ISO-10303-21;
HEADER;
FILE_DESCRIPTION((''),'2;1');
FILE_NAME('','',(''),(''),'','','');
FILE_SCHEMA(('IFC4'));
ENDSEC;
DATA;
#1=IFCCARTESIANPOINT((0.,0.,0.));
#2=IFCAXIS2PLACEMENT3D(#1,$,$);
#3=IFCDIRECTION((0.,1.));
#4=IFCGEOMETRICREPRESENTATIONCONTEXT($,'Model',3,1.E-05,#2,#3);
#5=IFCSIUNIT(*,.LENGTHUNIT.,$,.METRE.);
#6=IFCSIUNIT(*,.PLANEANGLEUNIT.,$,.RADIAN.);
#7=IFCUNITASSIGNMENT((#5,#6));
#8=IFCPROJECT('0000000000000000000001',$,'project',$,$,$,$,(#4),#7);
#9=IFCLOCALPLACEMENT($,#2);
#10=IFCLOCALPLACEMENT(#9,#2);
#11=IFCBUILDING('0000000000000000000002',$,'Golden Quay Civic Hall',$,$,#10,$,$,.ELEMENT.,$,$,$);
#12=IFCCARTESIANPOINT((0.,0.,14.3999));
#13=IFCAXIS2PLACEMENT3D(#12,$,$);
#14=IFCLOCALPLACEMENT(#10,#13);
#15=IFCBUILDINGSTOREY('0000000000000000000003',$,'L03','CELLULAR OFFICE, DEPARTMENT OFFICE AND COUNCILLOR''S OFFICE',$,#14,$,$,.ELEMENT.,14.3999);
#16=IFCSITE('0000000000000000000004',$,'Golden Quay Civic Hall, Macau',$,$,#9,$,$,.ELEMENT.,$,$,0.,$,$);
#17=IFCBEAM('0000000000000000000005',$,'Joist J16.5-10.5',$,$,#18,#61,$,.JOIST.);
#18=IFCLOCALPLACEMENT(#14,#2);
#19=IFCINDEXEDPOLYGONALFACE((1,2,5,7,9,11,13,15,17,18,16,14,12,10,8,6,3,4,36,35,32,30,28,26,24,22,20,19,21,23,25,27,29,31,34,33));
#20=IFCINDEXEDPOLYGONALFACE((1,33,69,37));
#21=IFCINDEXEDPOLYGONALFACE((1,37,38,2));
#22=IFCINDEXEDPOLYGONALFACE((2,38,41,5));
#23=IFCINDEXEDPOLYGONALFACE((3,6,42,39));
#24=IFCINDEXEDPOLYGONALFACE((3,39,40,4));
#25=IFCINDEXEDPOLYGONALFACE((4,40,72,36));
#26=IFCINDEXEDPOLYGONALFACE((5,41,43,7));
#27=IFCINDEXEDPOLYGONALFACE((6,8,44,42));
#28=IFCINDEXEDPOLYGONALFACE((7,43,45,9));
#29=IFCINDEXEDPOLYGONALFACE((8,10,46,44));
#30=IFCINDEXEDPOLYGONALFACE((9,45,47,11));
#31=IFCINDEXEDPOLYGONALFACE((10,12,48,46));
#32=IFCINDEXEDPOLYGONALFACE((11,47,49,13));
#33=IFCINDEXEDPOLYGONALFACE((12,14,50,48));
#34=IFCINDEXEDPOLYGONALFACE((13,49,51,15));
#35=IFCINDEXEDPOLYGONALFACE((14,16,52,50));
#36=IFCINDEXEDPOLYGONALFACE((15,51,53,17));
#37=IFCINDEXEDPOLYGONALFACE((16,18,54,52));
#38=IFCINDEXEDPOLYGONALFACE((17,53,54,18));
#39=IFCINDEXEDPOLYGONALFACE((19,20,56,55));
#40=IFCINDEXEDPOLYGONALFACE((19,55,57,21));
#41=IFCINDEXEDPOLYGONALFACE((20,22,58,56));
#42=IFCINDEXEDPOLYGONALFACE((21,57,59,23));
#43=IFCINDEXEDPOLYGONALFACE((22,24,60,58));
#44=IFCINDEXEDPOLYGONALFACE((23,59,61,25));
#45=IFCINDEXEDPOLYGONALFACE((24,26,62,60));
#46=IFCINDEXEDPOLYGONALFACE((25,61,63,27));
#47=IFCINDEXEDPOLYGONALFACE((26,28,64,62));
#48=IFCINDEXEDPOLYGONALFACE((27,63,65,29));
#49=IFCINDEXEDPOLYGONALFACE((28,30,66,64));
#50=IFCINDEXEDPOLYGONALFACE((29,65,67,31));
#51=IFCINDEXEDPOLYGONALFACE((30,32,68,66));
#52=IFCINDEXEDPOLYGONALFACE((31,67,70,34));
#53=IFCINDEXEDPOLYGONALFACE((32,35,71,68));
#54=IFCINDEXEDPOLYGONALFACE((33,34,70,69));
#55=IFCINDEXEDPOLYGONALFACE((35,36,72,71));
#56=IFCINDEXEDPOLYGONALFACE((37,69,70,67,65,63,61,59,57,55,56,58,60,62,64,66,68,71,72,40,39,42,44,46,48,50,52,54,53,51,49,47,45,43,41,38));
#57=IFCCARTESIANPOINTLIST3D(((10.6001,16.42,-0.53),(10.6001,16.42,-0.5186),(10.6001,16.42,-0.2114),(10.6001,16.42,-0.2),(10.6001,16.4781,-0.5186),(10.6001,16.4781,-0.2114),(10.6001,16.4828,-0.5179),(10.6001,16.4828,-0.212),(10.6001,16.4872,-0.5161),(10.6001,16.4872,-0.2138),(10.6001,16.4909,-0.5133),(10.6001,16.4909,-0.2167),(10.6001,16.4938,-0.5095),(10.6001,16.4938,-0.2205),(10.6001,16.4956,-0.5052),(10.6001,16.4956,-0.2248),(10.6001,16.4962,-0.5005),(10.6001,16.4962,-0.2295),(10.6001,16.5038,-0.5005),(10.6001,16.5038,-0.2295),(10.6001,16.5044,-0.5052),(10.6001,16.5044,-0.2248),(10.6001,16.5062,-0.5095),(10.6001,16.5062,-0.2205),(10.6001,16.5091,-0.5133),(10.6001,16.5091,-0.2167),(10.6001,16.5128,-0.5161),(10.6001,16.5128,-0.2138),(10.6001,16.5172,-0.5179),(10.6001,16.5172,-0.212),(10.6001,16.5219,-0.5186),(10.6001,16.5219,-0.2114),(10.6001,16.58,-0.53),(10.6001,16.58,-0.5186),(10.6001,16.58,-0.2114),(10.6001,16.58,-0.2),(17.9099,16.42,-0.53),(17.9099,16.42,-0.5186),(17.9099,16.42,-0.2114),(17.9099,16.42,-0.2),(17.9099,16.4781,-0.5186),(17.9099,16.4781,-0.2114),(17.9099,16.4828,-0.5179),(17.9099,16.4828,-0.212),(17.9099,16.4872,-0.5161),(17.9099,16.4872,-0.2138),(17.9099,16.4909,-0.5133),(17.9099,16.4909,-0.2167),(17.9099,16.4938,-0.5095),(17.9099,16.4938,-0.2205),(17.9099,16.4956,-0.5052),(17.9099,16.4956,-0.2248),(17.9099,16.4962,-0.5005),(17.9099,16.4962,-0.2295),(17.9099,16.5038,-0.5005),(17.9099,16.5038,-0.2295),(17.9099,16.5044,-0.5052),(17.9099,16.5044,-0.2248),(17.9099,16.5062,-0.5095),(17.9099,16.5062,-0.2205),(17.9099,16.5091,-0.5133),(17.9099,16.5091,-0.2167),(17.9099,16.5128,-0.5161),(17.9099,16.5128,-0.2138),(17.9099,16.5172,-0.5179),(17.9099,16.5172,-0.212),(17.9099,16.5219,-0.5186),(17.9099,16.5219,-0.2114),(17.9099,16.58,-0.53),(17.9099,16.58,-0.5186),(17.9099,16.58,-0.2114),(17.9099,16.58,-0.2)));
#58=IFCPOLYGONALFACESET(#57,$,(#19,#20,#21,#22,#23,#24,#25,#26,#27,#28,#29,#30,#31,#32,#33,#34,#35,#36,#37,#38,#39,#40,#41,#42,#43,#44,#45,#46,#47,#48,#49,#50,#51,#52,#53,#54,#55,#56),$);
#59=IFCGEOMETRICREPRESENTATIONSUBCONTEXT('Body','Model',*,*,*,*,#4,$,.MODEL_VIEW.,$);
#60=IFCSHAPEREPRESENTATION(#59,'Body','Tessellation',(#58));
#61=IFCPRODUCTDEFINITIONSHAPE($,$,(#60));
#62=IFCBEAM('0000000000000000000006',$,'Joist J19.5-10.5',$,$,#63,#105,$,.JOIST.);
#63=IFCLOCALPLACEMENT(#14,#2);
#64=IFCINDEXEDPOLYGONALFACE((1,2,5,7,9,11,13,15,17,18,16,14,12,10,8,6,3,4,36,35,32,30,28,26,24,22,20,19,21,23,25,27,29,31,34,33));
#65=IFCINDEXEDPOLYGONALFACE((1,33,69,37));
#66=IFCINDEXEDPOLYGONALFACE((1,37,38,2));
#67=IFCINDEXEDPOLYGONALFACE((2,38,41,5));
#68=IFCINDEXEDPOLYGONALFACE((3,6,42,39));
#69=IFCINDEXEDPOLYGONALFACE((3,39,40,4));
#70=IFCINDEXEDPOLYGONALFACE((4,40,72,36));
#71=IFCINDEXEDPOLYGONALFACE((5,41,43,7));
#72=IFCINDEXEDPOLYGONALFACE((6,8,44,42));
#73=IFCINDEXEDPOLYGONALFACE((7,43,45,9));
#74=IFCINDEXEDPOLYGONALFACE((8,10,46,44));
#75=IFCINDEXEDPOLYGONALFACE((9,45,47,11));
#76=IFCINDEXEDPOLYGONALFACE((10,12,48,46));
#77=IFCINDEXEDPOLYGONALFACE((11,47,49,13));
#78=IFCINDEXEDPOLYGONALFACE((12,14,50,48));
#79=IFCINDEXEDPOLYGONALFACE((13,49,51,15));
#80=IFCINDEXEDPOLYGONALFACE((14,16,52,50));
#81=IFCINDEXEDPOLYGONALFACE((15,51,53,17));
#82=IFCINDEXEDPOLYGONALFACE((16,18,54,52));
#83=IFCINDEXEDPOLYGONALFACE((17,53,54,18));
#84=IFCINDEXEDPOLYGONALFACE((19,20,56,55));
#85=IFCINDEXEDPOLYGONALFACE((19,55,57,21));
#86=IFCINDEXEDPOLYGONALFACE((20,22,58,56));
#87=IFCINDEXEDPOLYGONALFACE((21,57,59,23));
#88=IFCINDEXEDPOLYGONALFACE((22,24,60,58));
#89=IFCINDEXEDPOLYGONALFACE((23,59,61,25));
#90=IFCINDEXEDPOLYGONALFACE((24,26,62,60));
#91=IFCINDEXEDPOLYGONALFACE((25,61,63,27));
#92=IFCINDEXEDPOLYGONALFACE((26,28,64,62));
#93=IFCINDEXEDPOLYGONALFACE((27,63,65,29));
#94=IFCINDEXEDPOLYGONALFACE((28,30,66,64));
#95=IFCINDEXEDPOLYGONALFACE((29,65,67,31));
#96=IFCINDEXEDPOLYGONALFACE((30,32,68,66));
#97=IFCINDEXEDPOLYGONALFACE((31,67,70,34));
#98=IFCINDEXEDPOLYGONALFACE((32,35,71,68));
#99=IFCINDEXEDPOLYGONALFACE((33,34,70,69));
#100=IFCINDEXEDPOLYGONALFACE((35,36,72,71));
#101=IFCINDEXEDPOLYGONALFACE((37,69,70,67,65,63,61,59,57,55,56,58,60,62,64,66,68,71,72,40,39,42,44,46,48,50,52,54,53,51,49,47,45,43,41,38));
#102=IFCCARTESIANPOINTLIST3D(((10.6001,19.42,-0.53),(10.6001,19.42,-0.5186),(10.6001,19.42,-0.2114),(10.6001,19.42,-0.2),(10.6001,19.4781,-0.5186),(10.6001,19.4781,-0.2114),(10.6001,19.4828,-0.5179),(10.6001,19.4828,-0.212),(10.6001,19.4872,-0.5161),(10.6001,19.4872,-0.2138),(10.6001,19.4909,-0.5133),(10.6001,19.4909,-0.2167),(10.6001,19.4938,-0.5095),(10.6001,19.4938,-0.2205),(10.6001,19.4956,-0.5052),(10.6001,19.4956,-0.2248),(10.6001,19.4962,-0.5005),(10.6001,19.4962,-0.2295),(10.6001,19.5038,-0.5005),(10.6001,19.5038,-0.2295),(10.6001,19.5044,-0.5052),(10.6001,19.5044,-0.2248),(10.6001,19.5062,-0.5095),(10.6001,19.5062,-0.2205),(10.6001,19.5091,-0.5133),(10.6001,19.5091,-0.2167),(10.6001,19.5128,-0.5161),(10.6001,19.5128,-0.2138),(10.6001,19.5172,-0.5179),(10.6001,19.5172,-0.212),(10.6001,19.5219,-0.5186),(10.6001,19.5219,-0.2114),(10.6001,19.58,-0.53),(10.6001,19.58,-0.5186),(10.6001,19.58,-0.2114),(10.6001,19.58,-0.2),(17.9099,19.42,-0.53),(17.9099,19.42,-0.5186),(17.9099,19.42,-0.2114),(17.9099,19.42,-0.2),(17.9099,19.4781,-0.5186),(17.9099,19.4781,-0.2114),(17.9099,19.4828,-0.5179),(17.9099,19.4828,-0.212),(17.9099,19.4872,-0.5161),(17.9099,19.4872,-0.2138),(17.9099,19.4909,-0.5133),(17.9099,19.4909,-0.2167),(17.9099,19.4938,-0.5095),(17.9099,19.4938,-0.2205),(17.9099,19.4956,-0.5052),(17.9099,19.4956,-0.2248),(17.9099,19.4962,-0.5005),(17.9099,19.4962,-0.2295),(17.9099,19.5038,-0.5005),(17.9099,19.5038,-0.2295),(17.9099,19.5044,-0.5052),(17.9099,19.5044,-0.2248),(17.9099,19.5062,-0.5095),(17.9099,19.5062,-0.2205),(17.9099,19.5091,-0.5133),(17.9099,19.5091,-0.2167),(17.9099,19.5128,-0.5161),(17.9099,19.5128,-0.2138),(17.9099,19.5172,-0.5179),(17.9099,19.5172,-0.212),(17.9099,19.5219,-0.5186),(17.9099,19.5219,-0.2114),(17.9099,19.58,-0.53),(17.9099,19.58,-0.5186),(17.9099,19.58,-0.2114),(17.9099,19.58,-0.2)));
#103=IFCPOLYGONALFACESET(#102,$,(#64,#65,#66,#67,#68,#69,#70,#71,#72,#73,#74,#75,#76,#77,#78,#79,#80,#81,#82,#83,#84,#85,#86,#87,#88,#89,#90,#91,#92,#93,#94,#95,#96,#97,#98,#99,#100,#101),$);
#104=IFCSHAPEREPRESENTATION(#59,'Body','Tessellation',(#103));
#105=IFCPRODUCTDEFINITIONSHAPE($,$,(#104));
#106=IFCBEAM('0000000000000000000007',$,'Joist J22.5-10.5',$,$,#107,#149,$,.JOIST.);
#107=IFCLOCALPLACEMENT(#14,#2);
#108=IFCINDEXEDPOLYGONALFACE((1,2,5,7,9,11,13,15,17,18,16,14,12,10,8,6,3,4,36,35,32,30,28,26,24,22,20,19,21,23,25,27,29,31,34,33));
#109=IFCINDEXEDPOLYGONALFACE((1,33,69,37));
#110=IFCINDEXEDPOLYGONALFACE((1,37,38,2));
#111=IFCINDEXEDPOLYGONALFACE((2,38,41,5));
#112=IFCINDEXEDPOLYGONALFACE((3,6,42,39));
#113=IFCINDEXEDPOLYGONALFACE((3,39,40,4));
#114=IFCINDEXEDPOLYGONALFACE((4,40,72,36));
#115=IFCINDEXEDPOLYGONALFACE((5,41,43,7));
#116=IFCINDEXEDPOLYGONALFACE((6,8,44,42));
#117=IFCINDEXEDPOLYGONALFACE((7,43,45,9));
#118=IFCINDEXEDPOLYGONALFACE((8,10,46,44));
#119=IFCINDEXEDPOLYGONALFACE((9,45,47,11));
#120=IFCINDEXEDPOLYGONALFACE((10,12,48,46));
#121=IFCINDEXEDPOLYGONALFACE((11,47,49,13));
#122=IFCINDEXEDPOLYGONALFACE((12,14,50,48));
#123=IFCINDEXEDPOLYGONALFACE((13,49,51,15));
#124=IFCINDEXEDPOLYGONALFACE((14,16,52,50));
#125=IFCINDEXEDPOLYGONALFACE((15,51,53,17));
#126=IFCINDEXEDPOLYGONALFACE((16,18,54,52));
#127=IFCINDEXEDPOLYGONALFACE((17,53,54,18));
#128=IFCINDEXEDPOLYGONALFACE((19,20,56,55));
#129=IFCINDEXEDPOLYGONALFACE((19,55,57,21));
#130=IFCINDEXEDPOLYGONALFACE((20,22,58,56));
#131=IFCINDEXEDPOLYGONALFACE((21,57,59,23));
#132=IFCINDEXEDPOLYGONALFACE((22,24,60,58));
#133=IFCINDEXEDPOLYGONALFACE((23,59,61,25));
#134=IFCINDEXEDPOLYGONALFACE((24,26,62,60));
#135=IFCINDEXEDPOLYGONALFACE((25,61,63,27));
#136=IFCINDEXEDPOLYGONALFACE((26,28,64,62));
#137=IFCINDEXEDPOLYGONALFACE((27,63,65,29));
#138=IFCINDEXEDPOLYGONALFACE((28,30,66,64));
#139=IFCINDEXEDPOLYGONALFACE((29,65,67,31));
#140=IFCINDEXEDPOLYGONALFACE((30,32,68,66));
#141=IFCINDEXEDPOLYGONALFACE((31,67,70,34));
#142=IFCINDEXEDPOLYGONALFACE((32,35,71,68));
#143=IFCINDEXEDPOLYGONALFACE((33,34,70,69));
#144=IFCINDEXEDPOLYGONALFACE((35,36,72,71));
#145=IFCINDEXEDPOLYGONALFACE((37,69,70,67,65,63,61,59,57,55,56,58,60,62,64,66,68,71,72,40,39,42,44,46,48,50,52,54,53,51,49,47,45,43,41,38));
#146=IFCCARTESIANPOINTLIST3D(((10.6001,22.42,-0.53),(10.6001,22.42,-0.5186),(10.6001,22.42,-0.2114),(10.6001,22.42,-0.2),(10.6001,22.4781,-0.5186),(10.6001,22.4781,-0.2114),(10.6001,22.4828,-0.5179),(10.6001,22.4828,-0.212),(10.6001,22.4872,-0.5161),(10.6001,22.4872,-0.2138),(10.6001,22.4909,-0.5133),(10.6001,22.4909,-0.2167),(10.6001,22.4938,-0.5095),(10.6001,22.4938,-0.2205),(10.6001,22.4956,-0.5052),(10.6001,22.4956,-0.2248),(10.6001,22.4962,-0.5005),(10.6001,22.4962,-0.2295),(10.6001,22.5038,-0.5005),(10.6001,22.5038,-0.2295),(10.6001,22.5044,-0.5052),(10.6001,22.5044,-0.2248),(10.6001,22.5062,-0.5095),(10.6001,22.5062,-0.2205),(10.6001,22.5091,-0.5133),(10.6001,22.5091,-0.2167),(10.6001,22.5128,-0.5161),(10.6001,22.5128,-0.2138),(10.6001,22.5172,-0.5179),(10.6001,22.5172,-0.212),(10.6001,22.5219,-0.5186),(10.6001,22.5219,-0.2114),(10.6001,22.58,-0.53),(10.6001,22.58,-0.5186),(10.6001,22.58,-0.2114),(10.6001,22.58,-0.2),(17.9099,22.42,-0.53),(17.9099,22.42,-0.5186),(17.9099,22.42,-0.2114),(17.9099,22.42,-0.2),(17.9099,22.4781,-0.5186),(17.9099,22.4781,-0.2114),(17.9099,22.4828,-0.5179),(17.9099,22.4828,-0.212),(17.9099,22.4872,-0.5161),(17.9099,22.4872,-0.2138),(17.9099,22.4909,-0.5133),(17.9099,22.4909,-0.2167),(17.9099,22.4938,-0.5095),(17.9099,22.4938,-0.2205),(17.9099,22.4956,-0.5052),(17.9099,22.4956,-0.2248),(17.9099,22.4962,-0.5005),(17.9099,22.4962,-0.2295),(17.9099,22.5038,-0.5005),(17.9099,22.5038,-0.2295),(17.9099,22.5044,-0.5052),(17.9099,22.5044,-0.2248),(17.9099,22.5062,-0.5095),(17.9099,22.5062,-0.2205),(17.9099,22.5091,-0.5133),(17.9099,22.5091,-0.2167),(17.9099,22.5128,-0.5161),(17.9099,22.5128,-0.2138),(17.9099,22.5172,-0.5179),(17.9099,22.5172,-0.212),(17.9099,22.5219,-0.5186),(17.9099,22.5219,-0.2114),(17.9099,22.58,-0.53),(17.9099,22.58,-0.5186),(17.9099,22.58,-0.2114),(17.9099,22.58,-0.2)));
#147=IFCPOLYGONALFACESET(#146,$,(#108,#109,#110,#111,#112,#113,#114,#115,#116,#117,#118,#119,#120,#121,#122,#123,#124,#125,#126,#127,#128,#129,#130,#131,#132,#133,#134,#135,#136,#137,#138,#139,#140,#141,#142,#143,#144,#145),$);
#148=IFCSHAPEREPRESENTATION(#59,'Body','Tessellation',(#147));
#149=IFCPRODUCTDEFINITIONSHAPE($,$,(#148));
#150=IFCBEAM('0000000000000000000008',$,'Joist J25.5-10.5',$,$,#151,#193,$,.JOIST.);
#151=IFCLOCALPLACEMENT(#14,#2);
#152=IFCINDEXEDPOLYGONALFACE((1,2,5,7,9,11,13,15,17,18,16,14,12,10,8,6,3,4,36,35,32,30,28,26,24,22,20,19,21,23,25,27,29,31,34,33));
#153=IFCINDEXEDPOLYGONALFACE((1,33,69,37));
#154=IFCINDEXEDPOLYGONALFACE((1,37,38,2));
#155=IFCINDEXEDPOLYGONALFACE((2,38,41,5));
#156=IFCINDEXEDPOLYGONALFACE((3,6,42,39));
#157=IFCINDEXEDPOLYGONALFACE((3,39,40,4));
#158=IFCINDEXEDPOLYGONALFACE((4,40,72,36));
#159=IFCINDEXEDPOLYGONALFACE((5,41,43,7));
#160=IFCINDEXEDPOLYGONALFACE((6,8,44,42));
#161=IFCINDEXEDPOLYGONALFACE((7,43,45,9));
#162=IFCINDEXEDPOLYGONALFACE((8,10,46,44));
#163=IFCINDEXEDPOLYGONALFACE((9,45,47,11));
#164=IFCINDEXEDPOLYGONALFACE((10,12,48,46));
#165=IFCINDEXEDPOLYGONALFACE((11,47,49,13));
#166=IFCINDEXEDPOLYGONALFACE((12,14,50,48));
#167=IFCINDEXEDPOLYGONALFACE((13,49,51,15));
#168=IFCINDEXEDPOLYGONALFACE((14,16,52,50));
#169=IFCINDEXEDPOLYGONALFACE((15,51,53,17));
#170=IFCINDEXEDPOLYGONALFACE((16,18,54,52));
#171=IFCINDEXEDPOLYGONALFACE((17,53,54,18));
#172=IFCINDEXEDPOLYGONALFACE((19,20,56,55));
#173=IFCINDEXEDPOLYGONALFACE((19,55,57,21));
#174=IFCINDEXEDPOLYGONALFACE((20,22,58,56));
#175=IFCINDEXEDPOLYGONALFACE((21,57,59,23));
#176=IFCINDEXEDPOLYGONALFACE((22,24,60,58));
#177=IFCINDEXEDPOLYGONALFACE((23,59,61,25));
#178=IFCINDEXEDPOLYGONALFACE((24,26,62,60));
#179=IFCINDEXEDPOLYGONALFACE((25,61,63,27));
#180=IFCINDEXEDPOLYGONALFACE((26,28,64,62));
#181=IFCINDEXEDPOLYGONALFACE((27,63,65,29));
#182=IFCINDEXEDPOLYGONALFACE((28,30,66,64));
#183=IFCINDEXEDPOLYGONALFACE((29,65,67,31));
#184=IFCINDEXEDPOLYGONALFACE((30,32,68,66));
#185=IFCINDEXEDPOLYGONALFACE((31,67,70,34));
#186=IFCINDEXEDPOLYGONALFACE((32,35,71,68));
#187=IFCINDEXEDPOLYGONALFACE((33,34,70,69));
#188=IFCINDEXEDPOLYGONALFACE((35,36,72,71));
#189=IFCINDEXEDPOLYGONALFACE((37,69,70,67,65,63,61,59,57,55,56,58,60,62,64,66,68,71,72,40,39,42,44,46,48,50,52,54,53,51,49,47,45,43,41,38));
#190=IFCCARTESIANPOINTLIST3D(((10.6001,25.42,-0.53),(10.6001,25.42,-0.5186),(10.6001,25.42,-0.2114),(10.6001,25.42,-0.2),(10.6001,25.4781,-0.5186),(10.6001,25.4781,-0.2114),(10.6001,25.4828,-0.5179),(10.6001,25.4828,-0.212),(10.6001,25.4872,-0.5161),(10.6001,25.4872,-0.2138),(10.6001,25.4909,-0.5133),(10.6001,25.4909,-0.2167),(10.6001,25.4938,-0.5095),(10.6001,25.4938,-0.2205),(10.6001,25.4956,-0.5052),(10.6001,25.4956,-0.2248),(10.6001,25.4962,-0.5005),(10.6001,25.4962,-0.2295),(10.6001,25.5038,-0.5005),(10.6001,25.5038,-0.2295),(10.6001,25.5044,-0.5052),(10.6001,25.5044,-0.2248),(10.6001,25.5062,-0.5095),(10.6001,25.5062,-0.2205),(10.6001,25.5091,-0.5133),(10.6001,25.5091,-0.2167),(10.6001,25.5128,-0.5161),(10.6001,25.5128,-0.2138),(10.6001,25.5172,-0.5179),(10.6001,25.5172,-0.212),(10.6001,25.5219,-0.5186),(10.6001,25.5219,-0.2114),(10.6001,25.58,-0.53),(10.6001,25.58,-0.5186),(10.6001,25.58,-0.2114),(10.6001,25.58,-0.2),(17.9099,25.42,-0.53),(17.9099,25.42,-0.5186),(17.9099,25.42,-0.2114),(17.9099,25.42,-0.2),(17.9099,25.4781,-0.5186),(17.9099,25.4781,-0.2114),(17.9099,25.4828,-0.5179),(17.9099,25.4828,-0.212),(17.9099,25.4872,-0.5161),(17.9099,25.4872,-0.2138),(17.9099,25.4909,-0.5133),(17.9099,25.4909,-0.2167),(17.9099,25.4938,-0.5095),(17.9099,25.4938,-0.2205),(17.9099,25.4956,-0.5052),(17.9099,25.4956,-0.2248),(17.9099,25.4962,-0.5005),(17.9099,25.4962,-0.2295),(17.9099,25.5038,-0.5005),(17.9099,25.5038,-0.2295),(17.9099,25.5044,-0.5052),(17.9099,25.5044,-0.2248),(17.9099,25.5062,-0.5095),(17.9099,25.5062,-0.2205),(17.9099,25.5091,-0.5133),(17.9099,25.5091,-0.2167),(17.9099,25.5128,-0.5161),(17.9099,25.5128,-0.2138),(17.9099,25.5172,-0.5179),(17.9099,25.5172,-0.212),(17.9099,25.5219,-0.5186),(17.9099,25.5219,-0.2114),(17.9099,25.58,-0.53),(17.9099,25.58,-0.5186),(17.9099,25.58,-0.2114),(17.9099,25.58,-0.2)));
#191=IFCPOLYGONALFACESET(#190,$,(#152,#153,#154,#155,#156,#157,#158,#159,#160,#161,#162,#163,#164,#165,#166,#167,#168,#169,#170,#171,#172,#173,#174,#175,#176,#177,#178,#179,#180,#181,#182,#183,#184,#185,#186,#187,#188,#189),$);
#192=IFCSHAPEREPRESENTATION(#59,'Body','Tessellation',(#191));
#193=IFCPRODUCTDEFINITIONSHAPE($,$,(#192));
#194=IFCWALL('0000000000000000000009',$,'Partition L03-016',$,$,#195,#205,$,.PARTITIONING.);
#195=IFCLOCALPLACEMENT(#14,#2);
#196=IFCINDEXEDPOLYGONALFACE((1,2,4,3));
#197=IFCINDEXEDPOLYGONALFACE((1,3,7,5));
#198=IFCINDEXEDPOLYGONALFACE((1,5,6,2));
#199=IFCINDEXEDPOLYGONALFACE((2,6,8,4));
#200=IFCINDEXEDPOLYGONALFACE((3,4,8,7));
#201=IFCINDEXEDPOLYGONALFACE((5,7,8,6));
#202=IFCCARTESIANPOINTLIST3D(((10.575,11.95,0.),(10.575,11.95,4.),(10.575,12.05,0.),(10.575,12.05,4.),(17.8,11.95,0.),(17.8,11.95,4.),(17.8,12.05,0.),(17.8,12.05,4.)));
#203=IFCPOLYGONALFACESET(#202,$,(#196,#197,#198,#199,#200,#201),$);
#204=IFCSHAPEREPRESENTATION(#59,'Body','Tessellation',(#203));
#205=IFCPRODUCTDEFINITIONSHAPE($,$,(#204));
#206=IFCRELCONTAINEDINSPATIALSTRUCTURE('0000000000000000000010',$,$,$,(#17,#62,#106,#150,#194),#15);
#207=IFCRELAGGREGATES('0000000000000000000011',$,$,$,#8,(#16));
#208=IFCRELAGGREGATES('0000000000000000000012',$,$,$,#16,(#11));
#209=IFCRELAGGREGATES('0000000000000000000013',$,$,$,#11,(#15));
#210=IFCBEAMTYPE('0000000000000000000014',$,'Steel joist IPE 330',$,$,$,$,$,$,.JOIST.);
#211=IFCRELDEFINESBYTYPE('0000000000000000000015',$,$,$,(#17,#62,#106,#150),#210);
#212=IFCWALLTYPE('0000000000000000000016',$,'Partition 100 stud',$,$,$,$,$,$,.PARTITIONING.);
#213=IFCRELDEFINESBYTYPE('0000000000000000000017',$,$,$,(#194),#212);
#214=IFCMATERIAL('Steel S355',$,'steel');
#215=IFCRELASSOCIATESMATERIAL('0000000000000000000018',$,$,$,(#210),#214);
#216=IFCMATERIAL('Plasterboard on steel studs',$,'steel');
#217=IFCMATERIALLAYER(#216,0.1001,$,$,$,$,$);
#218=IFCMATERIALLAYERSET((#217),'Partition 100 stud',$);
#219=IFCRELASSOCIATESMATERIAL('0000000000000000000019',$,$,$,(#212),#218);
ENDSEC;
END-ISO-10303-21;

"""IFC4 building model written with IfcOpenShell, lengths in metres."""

from ifc_helpers import new_model, si_unit, direction, frame, frame_2d, origin, origin_2d, place, context, subcontext, project, spatial, rectangle, i_section, extrude, material, layer, layer_set, material_profile, profile_set, type_object, element, save


model = new_model("IFC4")

# Units and contexts
model_context = context("Model", 3, precision=1e-05, world=origin(), true_north=direction((0.0, 1.0)))
body_context = subcontext(model_context, "Body", "Model", "MODEL_VIEW")
ifc_project = project(units=[si_unit("LENGTHUNIT", "METRE"), si_unit("PLANEANGLEUNIT", "RADIAN")], contexts=[model_context])

# Site, building, storey
site_placement = place(None, origin())
site = spatial("IfcSite", under=ifc_project, at=site_placement, Name="Golden Quay Civic Hall, Macau", CompositionType="ELEMENT", RefElevation=0.0)
building_placement = place(site_placement, origin())
building = spatial("IfcBuilding", under=site, at=building_placement, Name="Golden Quay Civic Hall", CompositionType="ELEMENT")
storey_placement = place(building_placement, frame((0.0, 0.0, 14.3999)))
storey = spatial("IfcBuildingStorey", under=building, at=storey_placement, Name="L03", Description="CELLULAR OFFICE, DEPARTMENT OFFICE AND COUNCILLOR'S OFFICE", CompositionType="ELEMENT", Elevation=14.3999)

# Beams
ifc_material_1 = material(Name="Steel S355", Category="steel")
ifc_material_profile_1 = material_profile(ifc_material_1, i_section(OverallWidth=0.1599, OverallDepth=0.3301, WebThickness=0.0076, FlangeThickness=0.0115, FilletRadius=0.0181, at=origin_2d()), Name="IPE 330")
ifc_profile_set_1 = profile_set([ifc_material_profile_1], Name="Steel S355")
beam_type_1 = type_object("IfcBeamType", Name="Steel joist IPE 330", PredefinedType="JOIST", material=ifc_profile_set_1)
for number, where, z_axis, x_axis, name in (
    (1, (10.6001, 16.5, -0.365), (1.0, 0.0, 0.0), (0.0, 1.0, 0.0), "Joist J16.5-10.5"),
    (2, (10.6001, 19.5, -0.365), (1.0, 0.0, 0.0), (0.0, 1.0, 0.0), "Joist J19.5-10.5"),
    (3, (10.6001, 22.5, -0.365), (1.0, 0.0, 0.0), (0.0, 1.0, 0.0), "Joist J22.5-10.5"),
    (4, (10.6001, 25.5, -0.365), (1.0, 0.0, 0.0), (0.0, 1.0, 0.0), "Joist J25.5-10.5"),
):
    element("IfcBeam", number, at=place(storey_placement, frame(where, z_axis=z_axis, x_axis=x_axis)), inside=storey, type_object=beam_type_1, Name=name, PredefinedType="JOIST", context=body_context, shape_type="SweptSolid", body=[
        extrude(i_section(OverallWidth=0.1599, OverallDepth=0.3301, WebThickness=0.0076, FlangeThickness=0.0115, FilletRadius=0.0181, at=origin_2d()), origin(), (0.0, 0.0, 1.0), 7.3098),
    ])

# Wall
ifc_material_2 = material(Name="Plasterboard on steel studs", Category="steel")
ifc_layer_1 = layer(ifc_material_2, 0.1001)
ifc_layer_set_1 = layer_set([ifc_layer_1], Name="Partition 100 stud")
wall_type_1 = type_object("IfcWallType", Name="Partition 100 stud", PredefinedType="PARTITIONING", material=ifc_layer_set_1)
for number, where, z_axis, x_axis, name in (
    (5, (10.575, 12.0, 0.0), (0.0, 0.0, 1.0), (1.0, 0.0, 0.0), "Partition L03-016"),
):
    element("IfcWall", number, at=place(storey_placement, frame(where, z_axis=z_axis, x_axis=x_axis)), inside=storey, type_object=wall_type_1, Name=name, PredefinedType="PARTITIONING", context=body_context, shape_type="SweptSolid", body=[
        extrude(rectangle(XDim=7.2251, YDim=0.1001, at=frame_2d((3.6125, 0.0))), origin(), (0.0, 0.0, 1.0), 4.0),
    ])

save(model, "model.ifc")
